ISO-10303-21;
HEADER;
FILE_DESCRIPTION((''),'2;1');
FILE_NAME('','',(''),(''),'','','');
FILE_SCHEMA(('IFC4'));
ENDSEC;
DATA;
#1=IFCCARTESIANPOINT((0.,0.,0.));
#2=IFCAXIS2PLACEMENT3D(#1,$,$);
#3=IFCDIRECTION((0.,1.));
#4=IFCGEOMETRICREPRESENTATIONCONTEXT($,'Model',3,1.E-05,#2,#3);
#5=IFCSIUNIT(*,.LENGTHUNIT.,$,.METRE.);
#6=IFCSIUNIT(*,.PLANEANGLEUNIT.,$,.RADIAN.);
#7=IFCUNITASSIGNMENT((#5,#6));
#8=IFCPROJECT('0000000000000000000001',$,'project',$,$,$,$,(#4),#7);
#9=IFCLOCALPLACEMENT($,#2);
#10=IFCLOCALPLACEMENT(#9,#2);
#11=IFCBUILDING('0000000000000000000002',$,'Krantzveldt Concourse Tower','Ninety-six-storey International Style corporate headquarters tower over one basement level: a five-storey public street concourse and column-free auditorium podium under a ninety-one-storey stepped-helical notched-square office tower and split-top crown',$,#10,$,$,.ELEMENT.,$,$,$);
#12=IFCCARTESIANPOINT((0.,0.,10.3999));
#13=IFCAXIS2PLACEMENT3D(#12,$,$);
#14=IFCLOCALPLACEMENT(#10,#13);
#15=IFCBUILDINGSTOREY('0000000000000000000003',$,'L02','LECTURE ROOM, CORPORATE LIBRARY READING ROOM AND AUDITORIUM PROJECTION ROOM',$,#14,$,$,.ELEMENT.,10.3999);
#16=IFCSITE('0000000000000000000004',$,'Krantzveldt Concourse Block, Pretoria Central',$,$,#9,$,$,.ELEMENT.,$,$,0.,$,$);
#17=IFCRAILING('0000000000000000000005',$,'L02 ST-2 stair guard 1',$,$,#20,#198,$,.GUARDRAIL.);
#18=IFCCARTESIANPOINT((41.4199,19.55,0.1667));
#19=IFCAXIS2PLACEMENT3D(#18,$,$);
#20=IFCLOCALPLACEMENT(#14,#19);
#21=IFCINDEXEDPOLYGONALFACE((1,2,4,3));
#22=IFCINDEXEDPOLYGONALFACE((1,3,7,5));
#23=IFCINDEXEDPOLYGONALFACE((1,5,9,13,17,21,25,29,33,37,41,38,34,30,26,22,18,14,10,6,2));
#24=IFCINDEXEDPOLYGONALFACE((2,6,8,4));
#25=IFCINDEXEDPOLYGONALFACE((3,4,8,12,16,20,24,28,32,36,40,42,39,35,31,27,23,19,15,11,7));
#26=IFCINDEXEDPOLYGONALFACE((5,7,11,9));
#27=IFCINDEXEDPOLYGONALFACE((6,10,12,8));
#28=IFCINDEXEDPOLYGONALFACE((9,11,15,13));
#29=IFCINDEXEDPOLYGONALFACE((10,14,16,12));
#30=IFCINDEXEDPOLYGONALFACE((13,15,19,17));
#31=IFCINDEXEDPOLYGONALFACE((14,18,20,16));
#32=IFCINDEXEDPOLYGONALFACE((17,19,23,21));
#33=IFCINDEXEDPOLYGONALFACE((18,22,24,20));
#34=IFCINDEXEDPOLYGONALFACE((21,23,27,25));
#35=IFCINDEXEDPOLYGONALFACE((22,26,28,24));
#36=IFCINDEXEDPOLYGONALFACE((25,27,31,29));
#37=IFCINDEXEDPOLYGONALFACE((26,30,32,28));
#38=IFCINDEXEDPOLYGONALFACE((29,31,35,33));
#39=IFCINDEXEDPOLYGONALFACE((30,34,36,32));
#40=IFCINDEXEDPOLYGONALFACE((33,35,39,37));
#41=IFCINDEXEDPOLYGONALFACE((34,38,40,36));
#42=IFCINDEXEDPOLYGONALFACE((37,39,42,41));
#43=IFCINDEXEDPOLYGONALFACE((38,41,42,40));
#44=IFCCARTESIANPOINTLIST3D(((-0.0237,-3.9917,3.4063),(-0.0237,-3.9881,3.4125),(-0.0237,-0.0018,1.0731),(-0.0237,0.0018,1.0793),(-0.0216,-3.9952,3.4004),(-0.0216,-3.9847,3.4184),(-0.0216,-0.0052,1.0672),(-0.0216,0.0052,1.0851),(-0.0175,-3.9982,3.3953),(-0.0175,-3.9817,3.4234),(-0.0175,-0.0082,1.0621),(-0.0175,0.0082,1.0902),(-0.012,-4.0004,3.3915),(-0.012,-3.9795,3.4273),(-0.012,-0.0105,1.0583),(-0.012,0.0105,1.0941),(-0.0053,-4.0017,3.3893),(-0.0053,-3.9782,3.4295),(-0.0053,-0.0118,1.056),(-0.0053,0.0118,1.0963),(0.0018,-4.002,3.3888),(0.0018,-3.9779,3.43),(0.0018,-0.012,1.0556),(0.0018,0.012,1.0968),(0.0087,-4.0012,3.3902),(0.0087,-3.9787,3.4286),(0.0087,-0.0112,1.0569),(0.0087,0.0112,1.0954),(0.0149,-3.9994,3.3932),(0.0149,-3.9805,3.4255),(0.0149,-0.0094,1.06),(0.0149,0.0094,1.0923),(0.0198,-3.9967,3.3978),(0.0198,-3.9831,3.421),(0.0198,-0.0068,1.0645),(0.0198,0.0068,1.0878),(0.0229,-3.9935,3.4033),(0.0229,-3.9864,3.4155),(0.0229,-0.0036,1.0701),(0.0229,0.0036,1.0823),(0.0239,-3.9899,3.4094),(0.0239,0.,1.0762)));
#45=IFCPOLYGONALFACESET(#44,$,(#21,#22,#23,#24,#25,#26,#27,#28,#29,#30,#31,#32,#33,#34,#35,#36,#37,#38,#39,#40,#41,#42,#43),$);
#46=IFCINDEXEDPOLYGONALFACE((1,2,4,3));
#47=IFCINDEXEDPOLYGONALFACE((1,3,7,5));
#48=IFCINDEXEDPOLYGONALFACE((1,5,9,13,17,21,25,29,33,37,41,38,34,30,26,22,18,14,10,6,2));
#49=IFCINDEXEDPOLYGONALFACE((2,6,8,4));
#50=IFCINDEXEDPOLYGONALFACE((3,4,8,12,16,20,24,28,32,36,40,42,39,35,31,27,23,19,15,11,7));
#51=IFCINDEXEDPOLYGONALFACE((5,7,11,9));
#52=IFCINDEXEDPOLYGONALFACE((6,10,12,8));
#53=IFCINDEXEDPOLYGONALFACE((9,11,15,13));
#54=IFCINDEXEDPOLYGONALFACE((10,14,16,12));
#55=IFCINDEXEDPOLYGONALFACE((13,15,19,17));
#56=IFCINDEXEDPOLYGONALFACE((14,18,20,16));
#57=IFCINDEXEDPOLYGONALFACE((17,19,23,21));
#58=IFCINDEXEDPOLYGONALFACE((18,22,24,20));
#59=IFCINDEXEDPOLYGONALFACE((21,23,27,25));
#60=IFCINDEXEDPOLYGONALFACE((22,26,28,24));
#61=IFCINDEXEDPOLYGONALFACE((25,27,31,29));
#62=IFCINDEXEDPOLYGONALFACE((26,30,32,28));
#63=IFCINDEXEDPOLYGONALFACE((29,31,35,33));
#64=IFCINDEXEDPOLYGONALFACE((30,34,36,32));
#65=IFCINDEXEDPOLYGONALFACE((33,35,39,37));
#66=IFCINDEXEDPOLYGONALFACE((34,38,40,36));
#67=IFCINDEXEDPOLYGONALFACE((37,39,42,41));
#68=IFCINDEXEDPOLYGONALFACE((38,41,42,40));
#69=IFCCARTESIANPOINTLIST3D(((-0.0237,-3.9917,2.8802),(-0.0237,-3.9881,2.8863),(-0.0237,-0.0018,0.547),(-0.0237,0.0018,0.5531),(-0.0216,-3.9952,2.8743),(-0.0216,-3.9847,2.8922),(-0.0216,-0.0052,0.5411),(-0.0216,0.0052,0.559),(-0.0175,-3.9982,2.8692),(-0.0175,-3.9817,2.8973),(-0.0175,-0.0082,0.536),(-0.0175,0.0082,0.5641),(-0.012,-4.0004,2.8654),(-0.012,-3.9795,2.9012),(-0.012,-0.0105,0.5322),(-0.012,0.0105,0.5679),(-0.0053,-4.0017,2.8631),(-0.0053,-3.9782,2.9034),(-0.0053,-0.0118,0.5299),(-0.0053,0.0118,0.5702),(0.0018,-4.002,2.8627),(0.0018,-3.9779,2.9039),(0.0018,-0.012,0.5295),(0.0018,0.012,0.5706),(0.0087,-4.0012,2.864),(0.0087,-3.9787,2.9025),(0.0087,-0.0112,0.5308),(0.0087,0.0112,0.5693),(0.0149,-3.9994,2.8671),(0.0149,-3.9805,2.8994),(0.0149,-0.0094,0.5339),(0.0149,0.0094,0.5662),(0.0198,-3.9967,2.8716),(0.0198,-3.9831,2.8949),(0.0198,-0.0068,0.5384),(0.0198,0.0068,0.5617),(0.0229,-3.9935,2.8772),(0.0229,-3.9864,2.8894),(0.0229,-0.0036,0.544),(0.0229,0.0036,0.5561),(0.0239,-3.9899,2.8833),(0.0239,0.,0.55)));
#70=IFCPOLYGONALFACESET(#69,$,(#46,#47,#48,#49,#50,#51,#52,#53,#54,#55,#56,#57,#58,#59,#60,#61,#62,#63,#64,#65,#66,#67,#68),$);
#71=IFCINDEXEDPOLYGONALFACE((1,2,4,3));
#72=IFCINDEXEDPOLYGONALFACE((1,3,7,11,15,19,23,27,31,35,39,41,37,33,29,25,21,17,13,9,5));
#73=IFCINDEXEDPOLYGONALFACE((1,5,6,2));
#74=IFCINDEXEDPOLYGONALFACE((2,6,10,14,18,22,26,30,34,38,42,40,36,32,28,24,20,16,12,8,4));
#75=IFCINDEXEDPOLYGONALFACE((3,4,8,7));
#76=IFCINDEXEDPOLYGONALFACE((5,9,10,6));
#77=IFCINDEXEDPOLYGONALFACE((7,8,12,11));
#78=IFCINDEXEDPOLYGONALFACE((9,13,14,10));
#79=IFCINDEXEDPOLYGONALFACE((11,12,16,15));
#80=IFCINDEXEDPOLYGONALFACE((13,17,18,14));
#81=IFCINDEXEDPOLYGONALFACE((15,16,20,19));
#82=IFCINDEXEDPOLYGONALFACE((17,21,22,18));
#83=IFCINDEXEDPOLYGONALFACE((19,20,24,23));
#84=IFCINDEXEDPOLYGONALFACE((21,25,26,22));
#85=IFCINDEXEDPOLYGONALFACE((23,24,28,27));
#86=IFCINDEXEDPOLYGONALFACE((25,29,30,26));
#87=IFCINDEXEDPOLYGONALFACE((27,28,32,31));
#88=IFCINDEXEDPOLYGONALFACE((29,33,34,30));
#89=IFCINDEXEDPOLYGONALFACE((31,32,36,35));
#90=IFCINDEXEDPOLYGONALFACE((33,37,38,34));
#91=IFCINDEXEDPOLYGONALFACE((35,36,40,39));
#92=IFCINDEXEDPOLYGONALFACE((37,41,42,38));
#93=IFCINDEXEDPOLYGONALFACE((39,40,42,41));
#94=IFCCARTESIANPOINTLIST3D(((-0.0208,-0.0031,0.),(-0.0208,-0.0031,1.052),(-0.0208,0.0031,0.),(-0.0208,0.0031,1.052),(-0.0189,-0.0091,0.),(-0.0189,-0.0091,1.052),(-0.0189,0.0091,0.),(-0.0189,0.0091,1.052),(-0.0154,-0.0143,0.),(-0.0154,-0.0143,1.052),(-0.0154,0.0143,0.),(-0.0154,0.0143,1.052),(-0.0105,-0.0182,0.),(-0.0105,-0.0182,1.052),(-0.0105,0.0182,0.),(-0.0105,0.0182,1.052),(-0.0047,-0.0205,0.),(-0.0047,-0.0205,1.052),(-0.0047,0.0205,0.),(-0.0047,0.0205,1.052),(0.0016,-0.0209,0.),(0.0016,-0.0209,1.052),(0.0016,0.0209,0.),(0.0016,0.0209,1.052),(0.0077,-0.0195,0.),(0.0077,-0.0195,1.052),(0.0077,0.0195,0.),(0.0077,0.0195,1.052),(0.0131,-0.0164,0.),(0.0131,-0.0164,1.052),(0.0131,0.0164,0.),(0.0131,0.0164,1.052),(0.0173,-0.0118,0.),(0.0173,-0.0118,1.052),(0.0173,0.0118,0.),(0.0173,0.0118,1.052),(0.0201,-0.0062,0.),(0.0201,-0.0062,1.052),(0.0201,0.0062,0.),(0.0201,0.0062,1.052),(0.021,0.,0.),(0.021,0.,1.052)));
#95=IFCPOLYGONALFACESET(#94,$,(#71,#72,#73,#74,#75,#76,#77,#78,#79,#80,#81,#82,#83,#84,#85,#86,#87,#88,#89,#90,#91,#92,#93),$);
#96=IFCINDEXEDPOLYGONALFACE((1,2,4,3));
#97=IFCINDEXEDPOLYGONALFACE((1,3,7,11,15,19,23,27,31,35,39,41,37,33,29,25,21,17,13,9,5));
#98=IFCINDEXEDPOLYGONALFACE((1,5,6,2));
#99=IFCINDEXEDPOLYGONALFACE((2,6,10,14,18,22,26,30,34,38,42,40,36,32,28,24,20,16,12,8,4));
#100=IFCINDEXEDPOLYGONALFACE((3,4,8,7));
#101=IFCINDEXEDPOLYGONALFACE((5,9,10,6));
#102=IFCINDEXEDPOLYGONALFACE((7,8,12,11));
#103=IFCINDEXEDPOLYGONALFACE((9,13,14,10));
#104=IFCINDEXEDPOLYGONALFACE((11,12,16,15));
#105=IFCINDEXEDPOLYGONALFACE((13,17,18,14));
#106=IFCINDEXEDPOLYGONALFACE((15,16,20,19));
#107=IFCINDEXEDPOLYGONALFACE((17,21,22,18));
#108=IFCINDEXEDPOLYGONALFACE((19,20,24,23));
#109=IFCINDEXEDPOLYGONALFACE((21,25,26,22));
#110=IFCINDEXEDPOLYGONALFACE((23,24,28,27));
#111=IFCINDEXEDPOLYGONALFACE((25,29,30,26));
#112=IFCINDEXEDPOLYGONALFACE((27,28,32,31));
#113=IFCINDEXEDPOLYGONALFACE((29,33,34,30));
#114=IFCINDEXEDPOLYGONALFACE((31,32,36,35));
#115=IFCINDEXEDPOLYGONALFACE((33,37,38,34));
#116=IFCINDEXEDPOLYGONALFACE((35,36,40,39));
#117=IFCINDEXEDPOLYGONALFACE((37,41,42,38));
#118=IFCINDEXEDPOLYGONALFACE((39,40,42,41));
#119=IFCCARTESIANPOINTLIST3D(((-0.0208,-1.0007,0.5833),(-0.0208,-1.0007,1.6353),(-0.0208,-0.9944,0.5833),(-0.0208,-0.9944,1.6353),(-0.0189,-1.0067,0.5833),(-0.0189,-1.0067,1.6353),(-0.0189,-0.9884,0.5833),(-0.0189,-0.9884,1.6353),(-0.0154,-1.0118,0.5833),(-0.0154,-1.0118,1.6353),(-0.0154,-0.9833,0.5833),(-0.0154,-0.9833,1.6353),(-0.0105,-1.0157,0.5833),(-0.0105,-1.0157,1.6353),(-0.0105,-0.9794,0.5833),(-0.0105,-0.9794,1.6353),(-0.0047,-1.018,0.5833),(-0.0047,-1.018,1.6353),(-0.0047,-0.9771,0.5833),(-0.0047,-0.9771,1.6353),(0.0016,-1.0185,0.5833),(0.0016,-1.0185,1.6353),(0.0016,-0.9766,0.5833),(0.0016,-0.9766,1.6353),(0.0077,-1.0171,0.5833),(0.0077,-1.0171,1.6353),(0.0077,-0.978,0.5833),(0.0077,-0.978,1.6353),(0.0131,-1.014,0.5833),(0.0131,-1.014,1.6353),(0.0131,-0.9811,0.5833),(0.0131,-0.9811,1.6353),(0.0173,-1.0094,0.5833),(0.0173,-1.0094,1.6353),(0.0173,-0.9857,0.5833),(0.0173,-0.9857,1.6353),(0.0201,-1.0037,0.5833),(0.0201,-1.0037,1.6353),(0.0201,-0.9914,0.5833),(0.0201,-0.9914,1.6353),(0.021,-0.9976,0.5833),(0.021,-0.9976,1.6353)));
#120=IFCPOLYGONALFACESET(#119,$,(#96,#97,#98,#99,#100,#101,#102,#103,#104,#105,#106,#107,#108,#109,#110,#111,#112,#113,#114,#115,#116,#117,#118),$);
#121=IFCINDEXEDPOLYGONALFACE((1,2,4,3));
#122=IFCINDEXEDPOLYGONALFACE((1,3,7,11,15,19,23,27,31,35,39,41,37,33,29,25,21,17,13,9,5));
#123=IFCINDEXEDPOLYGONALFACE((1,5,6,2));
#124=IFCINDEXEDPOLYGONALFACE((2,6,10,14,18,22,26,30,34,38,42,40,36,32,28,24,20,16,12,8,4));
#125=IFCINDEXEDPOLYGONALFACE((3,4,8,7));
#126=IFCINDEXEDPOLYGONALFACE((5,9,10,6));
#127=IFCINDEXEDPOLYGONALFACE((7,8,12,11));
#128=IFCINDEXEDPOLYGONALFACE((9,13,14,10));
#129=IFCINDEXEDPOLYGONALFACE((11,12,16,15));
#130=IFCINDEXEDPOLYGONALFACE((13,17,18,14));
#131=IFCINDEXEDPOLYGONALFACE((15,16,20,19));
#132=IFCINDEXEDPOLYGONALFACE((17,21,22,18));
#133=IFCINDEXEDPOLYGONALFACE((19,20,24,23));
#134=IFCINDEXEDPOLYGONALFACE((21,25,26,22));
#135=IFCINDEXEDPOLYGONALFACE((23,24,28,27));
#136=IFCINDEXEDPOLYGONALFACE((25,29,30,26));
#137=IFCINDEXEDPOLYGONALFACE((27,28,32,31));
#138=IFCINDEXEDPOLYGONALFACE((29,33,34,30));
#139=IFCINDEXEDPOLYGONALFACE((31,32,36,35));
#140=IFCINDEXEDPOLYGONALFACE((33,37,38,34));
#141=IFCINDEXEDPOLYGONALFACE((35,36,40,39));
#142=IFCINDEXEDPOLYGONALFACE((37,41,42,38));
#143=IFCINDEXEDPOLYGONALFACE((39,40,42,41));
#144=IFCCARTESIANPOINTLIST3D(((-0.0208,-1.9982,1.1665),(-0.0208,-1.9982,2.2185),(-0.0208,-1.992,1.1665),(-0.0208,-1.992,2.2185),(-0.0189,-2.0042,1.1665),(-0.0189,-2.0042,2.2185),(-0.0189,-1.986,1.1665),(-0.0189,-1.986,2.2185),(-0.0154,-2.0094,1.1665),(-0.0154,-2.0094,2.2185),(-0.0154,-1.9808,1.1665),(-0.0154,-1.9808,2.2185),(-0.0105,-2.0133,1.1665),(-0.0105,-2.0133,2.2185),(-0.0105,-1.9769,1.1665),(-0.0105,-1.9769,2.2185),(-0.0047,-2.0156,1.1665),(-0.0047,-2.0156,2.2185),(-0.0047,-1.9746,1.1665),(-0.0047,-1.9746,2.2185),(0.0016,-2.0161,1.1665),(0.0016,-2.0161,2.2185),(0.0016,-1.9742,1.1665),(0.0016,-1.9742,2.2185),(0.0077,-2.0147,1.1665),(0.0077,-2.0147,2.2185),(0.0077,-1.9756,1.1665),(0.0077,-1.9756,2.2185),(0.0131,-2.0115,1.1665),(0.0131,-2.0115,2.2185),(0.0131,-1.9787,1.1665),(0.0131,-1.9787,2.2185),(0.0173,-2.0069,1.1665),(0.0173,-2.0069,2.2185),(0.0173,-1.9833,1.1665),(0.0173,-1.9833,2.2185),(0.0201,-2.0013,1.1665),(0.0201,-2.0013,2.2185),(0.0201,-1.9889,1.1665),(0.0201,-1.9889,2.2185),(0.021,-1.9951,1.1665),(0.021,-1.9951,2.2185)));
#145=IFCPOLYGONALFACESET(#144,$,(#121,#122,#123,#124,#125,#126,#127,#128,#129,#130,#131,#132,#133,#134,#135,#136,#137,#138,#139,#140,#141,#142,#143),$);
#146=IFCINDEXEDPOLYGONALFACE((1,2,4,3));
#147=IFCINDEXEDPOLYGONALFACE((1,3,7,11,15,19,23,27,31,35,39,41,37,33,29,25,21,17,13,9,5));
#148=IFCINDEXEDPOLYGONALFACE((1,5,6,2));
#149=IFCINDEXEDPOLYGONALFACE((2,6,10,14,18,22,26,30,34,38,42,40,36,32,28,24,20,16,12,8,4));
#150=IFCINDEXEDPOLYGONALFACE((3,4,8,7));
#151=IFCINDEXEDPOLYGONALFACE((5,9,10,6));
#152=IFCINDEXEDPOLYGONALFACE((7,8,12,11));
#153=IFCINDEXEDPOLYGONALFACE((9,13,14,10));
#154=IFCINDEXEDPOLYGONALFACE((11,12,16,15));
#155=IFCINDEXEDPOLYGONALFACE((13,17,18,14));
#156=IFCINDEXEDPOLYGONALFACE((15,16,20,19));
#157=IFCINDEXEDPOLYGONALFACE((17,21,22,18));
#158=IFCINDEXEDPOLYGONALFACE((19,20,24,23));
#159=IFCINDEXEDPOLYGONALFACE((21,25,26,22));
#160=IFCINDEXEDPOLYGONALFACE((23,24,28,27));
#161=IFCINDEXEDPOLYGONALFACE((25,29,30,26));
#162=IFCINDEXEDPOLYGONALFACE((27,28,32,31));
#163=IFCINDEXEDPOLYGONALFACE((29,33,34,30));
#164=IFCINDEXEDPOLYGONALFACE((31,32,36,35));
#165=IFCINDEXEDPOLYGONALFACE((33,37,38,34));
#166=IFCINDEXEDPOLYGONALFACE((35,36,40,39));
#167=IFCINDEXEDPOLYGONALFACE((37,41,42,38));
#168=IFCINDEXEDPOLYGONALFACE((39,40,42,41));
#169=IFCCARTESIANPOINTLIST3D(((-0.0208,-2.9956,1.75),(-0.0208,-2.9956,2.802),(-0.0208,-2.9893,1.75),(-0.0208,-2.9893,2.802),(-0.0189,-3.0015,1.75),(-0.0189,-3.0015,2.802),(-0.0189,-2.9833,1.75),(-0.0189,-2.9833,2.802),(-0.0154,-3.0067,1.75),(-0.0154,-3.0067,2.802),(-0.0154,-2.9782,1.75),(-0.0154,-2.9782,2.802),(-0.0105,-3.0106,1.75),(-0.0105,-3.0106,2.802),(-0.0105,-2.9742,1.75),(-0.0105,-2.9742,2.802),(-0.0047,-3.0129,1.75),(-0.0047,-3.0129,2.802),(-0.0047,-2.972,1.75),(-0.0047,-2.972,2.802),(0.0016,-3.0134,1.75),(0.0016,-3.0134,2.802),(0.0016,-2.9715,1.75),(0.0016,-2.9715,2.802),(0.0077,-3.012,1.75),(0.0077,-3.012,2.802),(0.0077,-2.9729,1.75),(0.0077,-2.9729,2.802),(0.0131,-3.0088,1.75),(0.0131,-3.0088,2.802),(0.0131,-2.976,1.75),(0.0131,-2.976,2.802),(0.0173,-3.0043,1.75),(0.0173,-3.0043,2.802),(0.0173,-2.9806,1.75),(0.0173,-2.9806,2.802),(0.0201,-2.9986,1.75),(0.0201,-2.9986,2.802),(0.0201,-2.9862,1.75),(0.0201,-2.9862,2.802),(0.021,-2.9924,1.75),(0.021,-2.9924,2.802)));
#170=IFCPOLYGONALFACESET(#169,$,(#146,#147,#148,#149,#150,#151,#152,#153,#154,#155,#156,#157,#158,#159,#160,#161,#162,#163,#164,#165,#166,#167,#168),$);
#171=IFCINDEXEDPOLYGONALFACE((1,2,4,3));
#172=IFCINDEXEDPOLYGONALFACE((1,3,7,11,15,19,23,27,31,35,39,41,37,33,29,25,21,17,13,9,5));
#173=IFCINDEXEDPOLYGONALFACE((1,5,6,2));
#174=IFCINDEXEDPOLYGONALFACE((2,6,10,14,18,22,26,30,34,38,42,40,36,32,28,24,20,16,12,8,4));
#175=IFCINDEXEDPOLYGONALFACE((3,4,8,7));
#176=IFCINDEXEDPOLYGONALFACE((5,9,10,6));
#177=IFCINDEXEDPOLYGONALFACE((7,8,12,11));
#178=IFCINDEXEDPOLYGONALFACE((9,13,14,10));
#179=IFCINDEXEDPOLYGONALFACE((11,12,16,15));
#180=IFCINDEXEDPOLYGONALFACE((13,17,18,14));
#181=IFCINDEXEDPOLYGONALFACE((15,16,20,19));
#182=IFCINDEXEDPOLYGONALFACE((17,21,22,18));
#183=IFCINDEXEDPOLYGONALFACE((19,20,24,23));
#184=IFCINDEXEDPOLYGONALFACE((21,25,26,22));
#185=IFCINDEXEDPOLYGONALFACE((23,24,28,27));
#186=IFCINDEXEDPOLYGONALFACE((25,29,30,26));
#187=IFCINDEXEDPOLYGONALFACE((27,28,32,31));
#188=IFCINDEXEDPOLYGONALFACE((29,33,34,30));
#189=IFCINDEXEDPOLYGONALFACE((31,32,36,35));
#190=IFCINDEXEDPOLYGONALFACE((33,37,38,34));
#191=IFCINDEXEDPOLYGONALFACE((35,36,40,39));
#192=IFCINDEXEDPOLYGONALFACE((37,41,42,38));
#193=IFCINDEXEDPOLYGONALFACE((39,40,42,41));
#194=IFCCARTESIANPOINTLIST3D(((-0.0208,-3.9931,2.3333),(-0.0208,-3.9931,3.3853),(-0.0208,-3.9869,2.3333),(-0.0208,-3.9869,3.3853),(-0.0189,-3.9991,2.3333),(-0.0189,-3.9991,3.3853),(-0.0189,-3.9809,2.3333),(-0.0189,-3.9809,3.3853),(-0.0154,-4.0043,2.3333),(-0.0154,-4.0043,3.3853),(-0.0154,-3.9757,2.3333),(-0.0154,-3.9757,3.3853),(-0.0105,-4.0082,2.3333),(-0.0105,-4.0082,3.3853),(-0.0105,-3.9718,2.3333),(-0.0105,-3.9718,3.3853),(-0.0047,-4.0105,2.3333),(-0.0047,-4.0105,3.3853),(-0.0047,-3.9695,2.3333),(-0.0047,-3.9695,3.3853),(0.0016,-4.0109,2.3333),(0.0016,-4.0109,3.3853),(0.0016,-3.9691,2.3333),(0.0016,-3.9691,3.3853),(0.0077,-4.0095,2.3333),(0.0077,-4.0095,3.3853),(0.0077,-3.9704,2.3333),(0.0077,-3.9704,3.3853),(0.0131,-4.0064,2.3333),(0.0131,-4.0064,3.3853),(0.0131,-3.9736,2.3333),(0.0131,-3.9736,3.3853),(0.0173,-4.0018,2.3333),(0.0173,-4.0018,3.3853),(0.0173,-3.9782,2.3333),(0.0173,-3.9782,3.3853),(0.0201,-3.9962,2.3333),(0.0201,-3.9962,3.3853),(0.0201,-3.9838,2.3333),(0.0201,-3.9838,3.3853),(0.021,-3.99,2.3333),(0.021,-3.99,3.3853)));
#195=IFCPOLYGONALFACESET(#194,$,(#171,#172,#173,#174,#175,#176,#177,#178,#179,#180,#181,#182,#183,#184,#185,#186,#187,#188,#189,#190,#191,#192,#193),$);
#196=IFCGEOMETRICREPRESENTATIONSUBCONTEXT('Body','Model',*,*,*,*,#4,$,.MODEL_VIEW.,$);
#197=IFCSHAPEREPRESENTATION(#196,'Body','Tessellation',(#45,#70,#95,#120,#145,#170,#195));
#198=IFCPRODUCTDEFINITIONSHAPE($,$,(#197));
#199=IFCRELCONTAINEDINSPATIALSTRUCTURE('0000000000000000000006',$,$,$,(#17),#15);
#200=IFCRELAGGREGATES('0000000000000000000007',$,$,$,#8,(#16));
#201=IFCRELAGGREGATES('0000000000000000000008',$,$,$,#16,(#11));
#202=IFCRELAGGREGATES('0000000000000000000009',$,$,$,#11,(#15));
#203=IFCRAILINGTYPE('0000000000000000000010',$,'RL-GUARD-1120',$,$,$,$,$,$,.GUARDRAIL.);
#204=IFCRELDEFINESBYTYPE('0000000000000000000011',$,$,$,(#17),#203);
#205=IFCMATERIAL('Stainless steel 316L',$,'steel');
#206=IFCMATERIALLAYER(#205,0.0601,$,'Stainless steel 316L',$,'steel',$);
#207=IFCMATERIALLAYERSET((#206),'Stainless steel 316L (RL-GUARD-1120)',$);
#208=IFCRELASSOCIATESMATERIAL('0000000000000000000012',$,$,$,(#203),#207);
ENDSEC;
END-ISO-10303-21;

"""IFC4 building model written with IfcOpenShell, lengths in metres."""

from ifc_helpers import new_model, si_unit, direction, frame, origin, origin_2d, place, context, subcontext, project, spatial, circle, extrude, material, layer, layer_set, type_object, element, save


model = new_model("IFC4")

# Units and contexts
model_context = context("Model", 3, precision=1e-05, world=origin(), true_north=direction((0.0, 1.0)))
body_context = subcontext(model_context, "Body", "Model", "MODEL_VIEW")
ifc_project = project(units=[si_unit("LENGTHUNIT", "METRE"), si_unit("PLANEANGLEUNIT", "RADIAN")], contexts=[model_context])

# Site, building, storey
site_placement = place(None, origin())
site = spatial("IfcSite", under=ifc_project, at=site_placement, Name="Krantzveldt Concourse Block, Pretoria Central", CompositionType="ELEMENT", RefElevation=0.0)
building_placement = place(site_placement, origin())
building = spatial("IfcBuilding", under=site, at=building_placement, Name="Krantzveldt Concourse Tower", Description="Ninety-six-storey International Style corporate headquarters tower over one basement level: a five-storey public street concourse and column-free auditorium podium under a ninety-one-storey stepped-helical notched-square office tower and split-top crown", CompositionType="ELEMENT")
storey_placement = place(building_placement, frame((0.0, 0.0, 10.3999)))
storey = spatial("IfcBuildingStorey", under=building, at=storey_placement, Name="L02", Description="LECTURE ROOM, CORPORATE LIBRARY READING ROOM AND AUDITORIUM PROJECTION ROOM", CompositionType="ELEMENT", Elevation=10.3999)

# Shared definitions
ifc_material_1 = material(Name="Stainless steel 316L", Category="steel")

# Railing
ifc_layer_1 = layer(ifc_material_1, 0.0601, Name="Stainless steel 316L", Category="steel")
ifc_layer_set_1 = layer_set([ifc_layer_1], Name="Stainless steel 316L (RL-GUARD-1120)")
railing_type_1 = type_object("IfcRailingType", Name="RL-GUARD-1120", PredefinedType="GUARDRAIL", material=ifc_layer_set_1)
railing_1_placement = place(storey_placement, frame((41.4199, 19.55, 0.1667)))
element("IfcRailing", 1, at=railing_1_placement, inside=storey, type_object=railing_type_1, Name="L02 ST-2 stair guard 1", PredefinedType="GUARDRAIL", context=body_context, shape_type="SweptSolid", body=[
    extrude(circle(Radius=0.0239, at=origin_2d()), frame((0.0, 0.0, 1.0762), z_axis=(0.0, -0.863236, 0.5048), x_axis=(1.0, 0.0, 0.0)), (0.0, 0.0, 1.0), 4.6221),
    extrude(circle(Radius=0.0239, at=origin_2d()), frame((0.0, 0.0, 0.55), z_axis=(0.0, -0.863236, 0.5048), x_axis=(1.0, 0.0, 0.0)), (0.0, 0.0, 1.0), 4.6221),
    extrude(circle(Radius=0.021, at=origin_2d()), origin(), (0.0, 0.0, 1.0), 1.052),
    extrude(circle(Radius=0.021, at=origin_2d()), frame((0.0, -0.9976, 0.5833)), (0.0, 0.0, 1.0), 1.052),
    extrude(circle(Radius=0.021, at=origin_2d()), frame((0.0, -1.9951, 1.1665)), (0.0, 0.0, 1.0), 1.052),
    extrude(circle(Radius=0.021, at=origin_2d()), frame((0.0, -2.9924, 1.75)), (0.0, 0.0, 1.0), 1.052),
    extrude(circle(Radius=0.021, at=origin_2d()), frame((0.0, -3.99, 2.3333)), (0.0, 0.0, 1.0), 1.052),
])

save(model, "model.ifc")
